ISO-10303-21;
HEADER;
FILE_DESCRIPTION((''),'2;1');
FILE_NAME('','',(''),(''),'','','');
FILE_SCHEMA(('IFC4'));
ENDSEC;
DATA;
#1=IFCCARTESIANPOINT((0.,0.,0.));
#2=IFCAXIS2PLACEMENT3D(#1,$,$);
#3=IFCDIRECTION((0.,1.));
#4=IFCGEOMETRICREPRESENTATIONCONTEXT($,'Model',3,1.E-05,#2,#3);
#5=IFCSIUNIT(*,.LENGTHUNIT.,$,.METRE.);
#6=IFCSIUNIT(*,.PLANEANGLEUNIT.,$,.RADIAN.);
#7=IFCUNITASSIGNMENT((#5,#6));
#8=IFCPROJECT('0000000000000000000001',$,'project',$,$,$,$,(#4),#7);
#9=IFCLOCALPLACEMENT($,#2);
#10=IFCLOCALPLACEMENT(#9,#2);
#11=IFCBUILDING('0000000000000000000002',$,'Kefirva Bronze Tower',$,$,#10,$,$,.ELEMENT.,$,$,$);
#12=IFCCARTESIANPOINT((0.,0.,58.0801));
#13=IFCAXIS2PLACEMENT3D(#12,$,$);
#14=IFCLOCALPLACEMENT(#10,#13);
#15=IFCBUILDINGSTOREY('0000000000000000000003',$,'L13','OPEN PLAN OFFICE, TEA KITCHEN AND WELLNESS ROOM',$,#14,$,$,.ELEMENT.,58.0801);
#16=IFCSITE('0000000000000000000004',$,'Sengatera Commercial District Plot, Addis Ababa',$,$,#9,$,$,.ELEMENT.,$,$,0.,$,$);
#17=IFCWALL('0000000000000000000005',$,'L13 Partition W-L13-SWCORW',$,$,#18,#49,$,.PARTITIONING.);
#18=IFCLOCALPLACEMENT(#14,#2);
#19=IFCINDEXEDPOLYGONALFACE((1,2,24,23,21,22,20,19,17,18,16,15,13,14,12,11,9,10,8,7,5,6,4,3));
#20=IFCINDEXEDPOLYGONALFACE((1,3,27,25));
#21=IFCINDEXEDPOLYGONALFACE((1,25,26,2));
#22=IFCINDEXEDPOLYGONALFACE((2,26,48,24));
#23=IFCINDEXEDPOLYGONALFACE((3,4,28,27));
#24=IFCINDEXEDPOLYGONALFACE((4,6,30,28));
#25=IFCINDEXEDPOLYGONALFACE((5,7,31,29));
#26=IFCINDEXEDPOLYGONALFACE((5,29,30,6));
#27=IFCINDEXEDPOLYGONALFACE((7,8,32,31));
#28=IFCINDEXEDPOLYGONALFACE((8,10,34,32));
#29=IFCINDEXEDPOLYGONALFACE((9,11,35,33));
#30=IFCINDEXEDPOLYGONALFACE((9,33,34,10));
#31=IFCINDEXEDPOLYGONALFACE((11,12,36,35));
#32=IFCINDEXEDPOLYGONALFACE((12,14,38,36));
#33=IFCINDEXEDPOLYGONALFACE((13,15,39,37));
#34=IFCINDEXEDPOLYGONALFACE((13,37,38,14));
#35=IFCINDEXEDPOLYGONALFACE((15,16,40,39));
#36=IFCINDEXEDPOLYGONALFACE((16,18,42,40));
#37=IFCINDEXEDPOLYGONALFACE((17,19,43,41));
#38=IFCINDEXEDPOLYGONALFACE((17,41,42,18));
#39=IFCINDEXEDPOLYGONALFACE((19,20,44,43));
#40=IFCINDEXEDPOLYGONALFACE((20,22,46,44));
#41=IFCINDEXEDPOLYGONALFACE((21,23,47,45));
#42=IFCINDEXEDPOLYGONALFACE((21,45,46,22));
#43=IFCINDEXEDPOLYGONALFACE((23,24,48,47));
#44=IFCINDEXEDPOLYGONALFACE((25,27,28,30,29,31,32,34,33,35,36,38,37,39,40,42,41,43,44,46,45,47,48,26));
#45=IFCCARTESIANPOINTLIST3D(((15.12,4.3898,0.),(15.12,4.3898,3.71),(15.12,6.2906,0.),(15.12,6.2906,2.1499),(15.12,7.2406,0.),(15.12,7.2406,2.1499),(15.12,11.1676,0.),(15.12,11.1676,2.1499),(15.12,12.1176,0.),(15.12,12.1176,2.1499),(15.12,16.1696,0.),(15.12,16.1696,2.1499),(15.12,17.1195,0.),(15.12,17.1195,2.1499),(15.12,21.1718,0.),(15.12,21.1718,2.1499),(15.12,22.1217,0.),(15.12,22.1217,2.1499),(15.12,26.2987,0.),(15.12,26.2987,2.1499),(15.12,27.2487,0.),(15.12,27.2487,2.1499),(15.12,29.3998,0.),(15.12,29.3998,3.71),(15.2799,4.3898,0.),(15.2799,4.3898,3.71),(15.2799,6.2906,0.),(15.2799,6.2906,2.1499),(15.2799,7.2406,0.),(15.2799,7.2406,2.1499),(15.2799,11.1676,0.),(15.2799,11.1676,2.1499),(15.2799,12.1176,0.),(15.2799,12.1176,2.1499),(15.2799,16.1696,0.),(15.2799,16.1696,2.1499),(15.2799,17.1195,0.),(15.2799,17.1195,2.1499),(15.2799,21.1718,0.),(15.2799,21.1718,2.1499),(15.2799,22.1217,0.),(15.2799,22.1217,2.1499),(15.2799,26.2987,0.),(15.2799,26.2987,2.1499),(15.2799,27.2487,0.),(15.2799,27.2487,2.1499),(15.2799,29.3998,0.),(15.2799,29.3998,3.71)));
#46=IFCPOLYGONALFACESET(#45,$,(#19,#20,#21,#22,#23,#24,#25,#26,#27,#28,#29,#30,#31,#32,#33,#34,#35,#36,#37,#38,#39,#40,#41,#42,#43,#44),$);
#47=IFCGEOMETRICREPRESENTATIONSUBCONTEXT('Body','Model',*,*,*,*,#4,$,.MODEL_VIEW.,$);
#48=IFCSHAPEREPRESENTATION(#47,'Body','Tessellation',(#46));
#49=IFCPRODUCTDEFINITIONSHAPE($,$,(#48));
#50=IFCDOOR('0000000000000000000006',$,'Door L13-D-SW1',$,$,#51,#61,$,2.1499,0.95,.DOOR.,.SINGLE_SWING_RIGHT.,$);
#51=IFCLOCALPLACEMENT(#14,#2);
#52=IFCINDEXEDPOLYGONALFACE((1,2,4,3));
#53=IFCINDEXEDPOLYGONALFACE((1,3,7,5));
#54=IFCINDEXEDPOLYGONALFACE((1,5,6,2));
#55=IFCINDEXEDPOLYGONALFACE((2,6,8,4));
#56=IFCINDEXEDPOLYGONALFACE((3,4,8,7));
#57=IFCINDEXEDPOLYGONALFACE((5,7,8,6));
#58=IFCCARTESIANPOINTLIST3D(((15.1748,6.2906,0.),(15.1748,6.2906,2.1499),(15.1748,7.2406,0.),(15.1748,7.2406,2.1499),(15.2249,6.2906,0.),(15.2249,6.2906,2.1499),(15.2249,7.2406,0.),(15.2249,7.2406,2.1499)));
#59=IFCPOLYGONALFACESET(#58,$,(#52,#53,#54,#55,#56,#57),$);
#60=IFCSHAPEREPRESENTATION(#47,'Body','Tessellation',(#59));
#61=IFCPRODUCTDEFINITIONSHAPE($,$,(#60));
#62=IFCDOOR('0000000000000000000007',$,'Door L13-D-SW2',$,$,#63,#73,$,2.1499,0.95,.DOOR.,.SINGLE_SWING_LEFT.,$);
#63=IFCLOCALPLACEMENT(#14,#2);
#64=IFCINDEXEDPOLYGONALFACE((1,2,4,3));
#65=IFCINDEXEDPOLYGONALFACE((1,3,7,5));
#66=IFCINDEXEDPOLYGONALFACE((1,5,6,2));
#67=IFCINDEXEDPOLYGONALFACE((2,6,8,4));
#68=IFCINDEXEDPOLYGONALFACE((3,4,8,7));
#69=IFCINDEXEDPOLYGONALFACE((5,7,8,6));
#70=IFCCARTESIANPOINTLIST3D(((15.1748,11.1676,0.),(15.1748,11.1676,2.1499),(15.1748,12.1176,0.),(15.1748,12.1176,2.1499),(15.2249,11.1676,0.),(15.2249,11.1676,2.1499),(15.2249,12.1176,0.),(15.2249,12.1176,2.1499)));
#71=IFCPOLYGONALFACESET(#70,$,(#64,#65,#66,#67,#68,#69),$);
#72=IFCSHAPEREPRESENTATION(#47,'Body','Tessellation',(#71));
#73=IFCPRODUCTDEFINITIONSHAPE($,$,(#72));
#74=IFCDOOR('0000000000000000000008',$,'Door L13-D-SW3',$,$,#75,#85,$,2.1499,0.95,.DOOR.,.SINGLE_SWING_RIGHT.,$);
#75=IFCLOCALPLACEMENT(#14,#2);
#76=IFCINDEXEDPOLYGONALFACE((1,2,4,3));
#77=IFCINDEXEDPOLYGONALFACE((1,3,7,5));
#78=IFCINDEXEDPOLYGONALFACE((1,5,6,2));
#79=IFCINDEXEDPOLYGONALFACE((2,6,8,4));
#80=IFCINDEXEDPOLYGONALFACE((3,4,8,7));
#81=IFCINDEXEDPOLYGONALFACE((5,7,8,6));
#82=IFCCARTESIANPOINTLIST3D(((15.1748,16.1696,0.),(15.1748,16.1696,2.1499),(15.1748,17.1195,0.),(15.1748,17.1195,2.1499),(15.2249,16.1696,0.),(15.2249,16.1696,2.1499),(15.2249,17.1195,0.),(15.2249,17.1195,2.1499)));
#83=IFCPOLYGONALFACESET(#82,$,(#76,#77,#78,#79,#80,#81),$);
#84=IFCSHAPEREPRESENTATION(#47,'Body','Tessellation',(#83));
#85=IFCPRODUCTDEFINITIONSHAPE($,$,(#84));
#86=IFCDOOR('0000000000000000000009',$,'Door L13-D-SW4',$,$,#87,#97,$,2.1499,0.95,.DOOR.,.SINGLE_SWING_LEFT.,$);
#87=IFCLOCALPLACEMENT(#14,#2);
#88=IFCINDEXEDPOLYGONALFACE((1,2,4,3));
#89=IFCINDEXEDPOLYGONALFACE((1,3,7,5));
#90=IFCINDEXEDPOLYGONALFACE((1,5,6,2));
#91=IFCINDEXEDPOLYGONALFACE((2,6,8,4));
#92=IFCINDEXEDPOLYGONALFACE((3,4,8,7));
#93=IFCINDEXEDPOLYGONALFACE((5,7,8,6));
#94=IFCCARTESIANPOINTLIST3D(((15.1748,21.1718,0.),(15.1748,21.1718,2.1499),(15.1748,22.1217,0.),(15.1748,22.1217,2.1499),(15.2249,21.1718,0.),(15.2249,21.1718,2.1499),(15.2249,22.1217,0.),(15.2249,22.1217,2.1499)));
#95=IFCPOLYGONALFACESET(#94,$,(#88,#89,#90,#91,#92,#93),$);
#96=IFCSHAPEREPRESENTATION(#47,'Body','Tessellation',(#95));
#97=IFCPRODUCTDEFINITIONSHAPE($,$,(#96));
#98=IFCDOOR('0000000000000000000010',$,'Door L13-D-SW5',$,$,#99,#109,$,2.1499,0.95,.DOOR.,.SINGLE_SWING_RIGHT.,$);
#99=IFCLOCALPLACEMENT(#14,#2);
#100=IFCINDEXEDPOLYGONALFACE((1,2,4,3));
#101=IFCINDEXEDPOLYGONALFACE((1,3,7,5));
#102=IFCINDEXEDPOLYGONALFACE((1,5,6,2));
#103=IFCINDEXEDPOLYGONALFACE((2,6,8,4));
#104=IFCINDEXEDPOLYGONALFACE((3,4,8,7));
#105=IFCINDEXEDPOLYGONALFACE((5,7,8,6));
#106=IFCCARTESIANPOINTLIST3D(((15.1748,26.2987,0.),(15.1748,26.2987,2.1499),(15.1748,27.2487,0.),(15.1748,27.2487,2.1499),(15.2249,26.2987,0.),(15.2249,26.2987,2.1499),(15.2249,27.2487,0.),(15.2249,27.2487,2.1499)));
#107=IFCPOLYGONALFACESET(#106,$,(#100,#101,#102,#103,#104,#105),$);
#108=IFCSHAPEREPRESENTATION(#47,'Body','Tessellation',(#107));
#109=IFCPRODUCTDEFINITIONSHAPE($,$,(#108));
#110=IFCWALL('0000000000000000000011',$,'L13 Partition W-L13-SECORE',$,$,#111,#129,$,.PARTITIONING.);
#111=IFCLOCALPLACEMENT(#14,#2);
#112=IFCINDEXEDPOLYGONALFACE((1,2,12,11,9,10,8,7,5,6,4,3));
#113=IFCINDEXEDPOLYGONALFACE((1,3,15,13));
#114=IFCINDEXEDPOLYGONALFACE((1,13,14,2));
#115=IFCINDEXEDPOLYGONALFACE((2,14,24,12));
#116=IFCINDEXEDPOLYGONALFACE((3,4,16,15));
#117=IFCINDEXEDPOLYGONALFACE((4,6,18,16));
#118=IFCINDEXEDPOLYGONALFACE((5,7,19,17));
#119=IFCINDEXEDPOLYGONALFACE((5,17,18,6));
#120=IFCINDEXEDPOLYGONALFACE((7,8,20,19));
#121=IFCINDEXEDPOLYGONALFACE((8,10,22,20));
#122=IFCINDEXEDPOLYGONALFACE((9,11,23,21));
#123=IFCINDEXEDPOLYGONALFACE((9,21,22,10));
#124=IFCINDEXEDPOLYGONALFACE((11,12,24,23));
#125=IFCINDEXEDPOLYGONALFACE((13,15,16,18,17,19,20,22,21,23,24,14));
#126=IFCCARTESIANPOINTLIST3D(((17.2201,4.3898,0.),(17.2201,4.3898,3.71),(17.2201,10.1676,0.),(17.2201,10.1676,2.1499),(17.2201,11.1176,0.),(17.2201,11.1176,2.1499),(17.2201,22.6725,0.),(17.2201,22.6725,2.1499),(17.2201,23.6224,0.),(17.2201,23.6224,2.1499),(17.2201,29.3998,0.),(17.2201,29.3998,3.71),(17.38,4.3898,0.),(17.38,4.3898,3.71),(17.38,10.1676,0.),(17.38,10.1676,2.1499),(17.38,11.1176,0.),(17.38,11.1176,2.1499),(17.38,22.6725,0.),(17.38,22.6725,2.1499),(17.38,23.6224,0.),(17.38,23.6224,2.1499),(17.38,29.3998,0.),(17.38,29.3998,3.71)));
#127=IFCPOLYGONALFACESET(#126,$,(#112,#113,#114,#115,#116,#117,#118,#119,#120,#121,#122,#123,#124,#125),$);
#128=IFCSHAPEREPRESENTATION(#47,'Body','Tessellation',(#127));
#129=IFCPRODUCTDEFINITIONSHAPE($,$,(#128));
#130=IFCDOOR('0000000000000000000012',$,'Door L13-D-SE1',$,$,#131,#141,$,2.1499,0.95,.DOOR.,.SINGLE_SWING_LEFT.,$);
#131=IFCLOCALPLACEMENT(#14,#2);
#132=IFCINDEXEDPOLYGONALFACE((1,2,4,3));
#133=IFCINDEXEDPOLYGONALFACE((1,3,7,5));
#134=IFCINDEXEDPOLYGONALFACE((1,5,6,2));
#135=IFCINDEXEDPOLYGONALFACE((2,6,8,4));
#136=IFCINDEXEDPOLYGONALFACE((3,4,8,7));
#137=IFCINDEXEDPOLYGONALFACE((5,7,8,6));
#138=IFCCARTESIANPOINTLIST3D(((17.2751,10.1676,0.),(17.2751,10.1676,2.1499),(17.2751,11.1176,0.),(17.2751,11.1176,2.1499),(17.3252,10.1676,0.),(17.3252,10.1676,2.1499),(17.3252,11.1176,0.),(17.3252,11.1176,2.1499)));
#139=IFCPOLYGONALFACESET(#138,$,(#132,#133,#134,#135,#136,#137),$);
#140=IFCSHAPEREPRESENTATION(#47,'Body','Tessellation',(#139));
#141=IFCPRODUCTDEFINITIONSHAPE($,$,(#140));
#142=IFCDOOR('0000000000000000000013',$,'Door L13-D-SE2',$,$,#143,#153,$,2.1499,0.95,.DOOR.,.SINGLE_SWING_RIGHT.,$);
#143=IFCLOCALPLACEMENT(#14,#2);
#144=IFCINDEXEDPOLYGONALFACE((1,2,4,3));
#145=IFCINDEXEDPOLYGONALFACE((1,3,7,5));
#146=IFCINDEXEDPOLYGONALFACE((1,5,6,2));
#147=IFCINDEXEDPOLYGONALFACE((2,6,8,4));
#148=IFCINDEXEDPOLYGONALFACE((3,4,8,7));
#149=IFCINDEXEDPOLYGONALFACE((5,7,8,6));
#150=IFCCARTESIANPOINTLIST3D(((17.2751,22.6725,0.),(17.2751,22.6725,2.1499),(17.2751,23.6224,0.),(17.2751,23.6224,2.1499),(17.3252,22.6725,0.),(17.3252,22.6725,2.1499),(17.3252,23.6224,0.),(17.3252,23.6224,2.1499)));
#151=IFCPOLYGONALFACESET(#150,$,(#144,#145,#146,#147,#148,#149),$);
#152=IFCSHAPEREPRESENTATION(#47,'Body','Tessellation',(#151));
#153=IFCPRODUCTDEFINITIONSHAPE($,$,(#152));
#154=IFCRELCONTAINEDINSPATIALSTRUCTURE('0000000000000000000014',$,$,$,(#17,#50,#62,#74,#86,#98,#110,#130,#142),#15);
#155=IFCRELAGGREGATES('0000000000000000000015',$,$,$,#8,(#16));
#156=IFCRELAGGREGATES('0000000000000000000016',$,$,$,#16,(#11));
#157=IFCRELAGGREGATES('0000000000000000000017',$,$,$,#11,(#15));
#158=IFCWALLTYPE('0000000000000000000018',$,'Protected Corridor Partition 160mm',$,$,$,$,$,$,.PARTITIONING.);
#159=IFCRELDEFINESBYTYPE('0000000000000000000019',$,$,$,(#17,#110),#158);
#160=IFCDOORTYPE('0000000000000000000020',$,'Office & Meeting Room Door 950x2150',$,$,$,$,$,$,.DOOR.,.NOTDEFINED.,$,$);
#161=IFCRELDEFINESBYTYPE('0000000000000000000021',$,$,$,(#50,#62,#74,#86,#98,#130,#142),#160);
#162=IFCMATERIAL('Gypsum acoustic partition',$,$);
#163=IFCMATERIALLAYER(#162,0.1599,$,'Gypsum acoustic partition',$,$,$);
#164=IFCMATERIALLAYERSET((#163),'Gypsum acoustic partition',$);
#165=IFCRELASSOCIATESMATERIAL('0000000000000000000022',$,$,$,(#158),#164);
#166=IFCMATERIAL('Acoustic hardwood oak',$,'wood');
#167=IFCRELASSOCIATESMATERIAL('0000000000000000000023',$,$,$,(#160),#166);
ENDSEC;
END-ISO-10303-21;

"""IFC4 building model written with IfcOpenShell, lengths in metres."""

from ifc_helpers import new_model, si_unit, direction, frame, frame_2d, origin, place, context, subcontext, project, spatial, rectangle, extrude, material, layer, layer_set, type_object, element, fill, save


model = new_model("IFC4")

# Units and contexts
model_context = context("Model", 3, precision=1e-05, world=origin(), true_north=direction((0.0, 1.0)))
body_context = subcontext(model_context, "Body", "Model", "MODEL_VIEW")
ifc_project = project(units=[si_unit("LENGTHUNIT", "METRE"), si_unit("PLANEANGLEUNIT", "RADIAN")], contexts=[model_context])

# Site, building, storey
site_placement = place(None, origin())
site = spatial("IfcSite", under=ifc_project, at=site_placement, Name="Sengatera Commercial District Plot, Addis Ababa", CompositionType="ELEMENT", RefElevation=0.0)
building_placement = place(site_placement, origin())
building = spatial("IfcBuilding", under=site, at=building_placement, Name="Kefirva Bronze Tower", CompositionType="ELEMENT")
storey_placement = place(building_placement, frame((0.0, 0.0, 58.0801)))
storey = spatial("IfcBuildingStorey", under=building, at=storey_placement, Name="L13", Description="OPEN PLAN OFFICE, TEA KITCHEN AND WELLNESS ROOM", CompositionType="ELEMENT", Elevation=58.0801)

# Walls, openings, doors
ifc_material_1 = material(Name="Gypsum acoustic partition")
ifc_layer_1 = layer(ifc_material_1, 0.1599, Name="Gypsum acoustic partition")
ifc_layer_set_1 = layer_set([ifc_layer_1], Name="Gypsum acoustic partition")
wall_type = type_object("IfcWallType", Name="Protected Corridor Partition 160mm", PredefinedType="PARTITIONING", material=ifc_layer_set_1)
wall_1_placement = place(storey_placement, frame((15.2, 4.3899, 0.0), z_axis=(0.0, 0.0, 1.0), x_axis=(0.0, 1.0, 0.0)))
wall_1 = element("IfcWall", 1, at=wall_1_placement, inside=storey, type_object=wall_type, Name="L13 Partition W-L13-SWCORW", PredefinedType="PARTITIONING", context=body_context, shape_type="SweptSolid", body=[
    extrude(rectangle(XDim=25.01, YDim=0.1599, at=frame_2d((12.5049, 0.0))), origin(), (0.0, 0.0, 1.0), 3.71),
])
opening_1_placement = place(wall_1_placement, frame((2.8508, 0.0, 0.0), z_axis=(0.0, 0.0, 1.0), x_axis=(-1.0, 0.0, 0.0)))
opening_1 = element("IfcOpeningElement", 2, at=opening_1_placement, cuts=wall_1, PredefinedType="OPENING", context=body_context, shape_type="SweptSolid", body=[
    extrude(rectangle(XDim=0.95, YDim=2.1499, at=frame_2d((0.4751, 1.075))), frame((0.0, 0.0898, 0.0), z_axis=(0.0, -1.0, 0.0), x_axis=(1.0, 0.0, 0.0)), (0.0, 0.0, 1.0), 0.1799),
])
opening_2_placement = place(wall_1_placement, frame((7.7278, 0.0, 0.0), z_axis=(0.0, 0.0, 1.0), x_axis=(-1.0, 0.0, 0.0)))
opening_2 = element("IfcOpeningElement", 3, at=opening_2_placement, cuts=wall_1, PredefinedType="OPENING", context=body_context, shape_type="SweptSolid", body=[
    extrude(rectangle(XDim=0.95, YDim=2.1499, at=frame_2d((0.4751, 1.075))), frame((0.0, 0.0898, 0.0), z_axis=(0.0, -1.0, 0.0), x_axis=(1.0, 0.0, 0.0)), (0.0, 0.0, 1.0), 0.1799),
])
opening_3_placement = place(wall_1_placement, frame((12.7297, 0.0, 0.0), z_axis=(0.0, 0.0, 1.0), x_axis=(-1.0, 0.0, 0.0)))
opening_3 = element("IfcOpeningElement", 4, at=opening_3_placement, cuts=wall_1, PredefinedType="OPENING", context=body_context, shape_type="SweptSolid", body=[
    extrude(rectangle(XDim=0.95, YDim=2.1499, at=frame_2d((0.4751, 1.075))), frame((0.0, 0.0898, 0.0), z_axis=(0.0, -1.0, 0.0), x_axis=(1.0, 0.0, 0.0)), (0.0, 0.0, 1.0), 0.1799),
])
opening_4_placement = place(wall_1_placement, frame((17.7319, 0.0, 0.0), z_axis=(0.0, 0.0, 1.0), x_axis=(-1.0, 0.0, 0.0)))
opening_4 = element("IfcOpeningElement", 5, at=opening_4_placement, cuts=wall_1, PredefinedType="OPENING", context=body_context, shape_type="SweptSolid", body=[
    extrude(rectangle(XDim=0.95, YDim=2.1499, at=frame_2d((0.4751, 1.075))), frame((0.0, 0.0898, 0.0), z_axis=(0.0, -1.0, 0.0), x_axis=(1.0, 0.0, 0.0)), (0.0, 0.0, 1.0), 0.1799),
])
opening_5_placement = place(wall_1_placement, frame((22.8589, 0.0, 0.0), z_axis=(0.0, 0.0, 1.0), x_axis=(-1.0, 0.0, 0.0)))
opening_5 = element("IfcOpeningElement", 6, at=opening_5_placement, cuts=wall_1, PredefinedType="OPENING", context=body_context, shape_type="SweptSolid", body=[
    extrude(rectangle(XDim=0.95, YDim=2.1499, at=frame_2d((0.4751, 1.075))), frame((0.0, 0.0898, 0.0), z_axis=(0.0, -1.0, 0.0), x_axis=(1.0, 0.0, 0.0)), (0.0, 0.0, 1.0), 0.1799),
])
ifc_material_2 = material(Name="Acoustic hardwood oak", Category="wood")
door_type = type_object("IfcDoorType", Name="Office & Meeting Room Door 950x2150", OperationType="NOTDEFINED", PredefinedType="DOOR", material=ifc_material_2)
door_1_placement = place(opening_1_placement, origin())
door_1 = element("IfcDoor", 7, at=door_1_placement, inside=storey, type_object=door_type, Name="Door L13-D-SW1", OperationType="SINGLE_SWING_RIGHT", OverallHeight=2.1499, OverallWidth=0.95, PredefinedType="DOOR", context=body_context, shape_type="SweptSolid", body=[
    extrude(rectangle(XDim=0.95, YDim=2.1499, at=frame_2d((0.4751, 1.075))), frame((0.0, 0.0249, 0.0), z_axis=(0.0, -1.0, 0.0), x_axis=(1.0, 0.0, 0.0)), (0.0, 0.0, 1.0), 0.05),
])
fill(opening_1, door_1)
door_2_placement = place(opening_2_placement, origin())
door_2 = element("IfcDoor", 8, at=door_2_placement, inside=storey, type_object=door_type, Name="Door L13-D-SW2", OperationType="SINGLE_SWING_LEFT", OverallHeight=2.1499, OverallWidth=0.95, PredefinedType="DOOR", context=body_context, shape_type="SweptSolid", body=[
    extrude(rectangle(XDim=0.95, YDim=2.1499, at=frame_2d((0.4751, 1.075))), frame((0.0, 0.0249, 0.0), z_axis=(0.0, -1.0, 0.0), x_axis=(1.0, 0.0, 0.0)), (0.0, 0.0, 1.0), 0.05),
])
fill(opening_2, door_2)
door_3_placement = place(opening_3_placement, origin())
door_3 = element("IfcDoor", 9, at=door_3_placement, inside=storey, type_object=door_type, Name="Door L13-D-SW3", OperationType="SINGLE_SWING_RIGHT", OverallHeight=2.1499, OverallWidth=0.95, PredefinedType="DOOR", context=body_context, shape_type="SweptSolid", body=[
    extrude(rectangle(XDim=0.95, YDim=2.1499, at=frame_2d((0.4751, 1.075))), frame((0.0, 0.0249, 0.0), z_axis=(0.0, -1.0, 0.0), x_axis=(1.0, 0.0, 0.0)), (0.0, 0.0, 1.0), 0.05),
])
fill(opening_3, door_3)
door_4_placement = place(opening_4_placement, origin())
door_4 = element("IfcDoor", 10, at=door_4_placement, inside=storey, type_object=door_type, Name="Door L13-D-SW4", OperationType="SINGLE_SWING_LEFT", OverallHeight=2.1499, OverallWidth=0.95, PredefinedType="DOOR", context=body_context, shape_type="SweptSolid", body=[
    extrude(rectangle(XDim=0.95, YDim=2.1499, at=frame_2d((0.4751, 1.075))), frame((0.0, 0.0249, 0.0), z_axis=(0.0, -1.0, 0.0), x_axis=(1.0, 0.0, 0.0)), (0.0, 0.0, 1.0), 0.05),
])
fill(opening_4, door_4)
door_5_placement = place(opening_5_placement, origin())
door_5 = element("IfcDoor", 11, at=door_5_placement, inside=storey, type_object=door_type, Name="Door L13-D-SW5", OperationType="SINGLE_SWING_RIGHT", OverallHeight=2.1499, OverallWidth=0.95, PredefinedType="DOOR", context=body_context, shape_type="SweptSolid", body=[
    extrude(rectangle(XDim=0.95, YDim=2.1499, at=frame_2d((0.4751, 1.075))), frame((0.0, 0.0249, 0.0), z_axis=(0.0, -1.0, 0.0), x_axis=(1.0, 0.0, 0.0)), (0.0, 0.0, 1.0), 0.05),
])
fill(opening_5, door_5)
wall_2_placement = place(storey_placement, frame((17.3, 4.3899, 0.0), z_axis=(0.0, 0.0, 1.0), x_axis=(0.0, 1.0, 0.0)))
wall_2 = element("IfcWall", 12, at=wall_2_placement, inside=storey, type_object=wall_type, Name="L13 Partition W-L13-SECORE", PredefinedType="PARTITIONING", context=body_context, shape_type="SweptSolid", body=[
    extrude(rectangle(XDim=25.01, YDim=0.1599, at=frame_2d((12.5049, 0.0))), origin(), (0.0, 0.0, 1.0), 3.71),
])
opening_6_placement = place(wall_2_placement, frame((5.7776, 0.0, 0.0)))
opening_6 = element("IfcOpeningElement", 13, at=opening_6_placement, cuts=wall_2, PredefinedType="OPENING", context=body_context, shape_type="SweptSolid", body=[
    extrude(rectangle(XDim=0.95, YDim=2.1499, at=frame_2d((0.4751, 1.075))), frame((0.0, 0.0898, 0.0), z_axis=(0.0, -1.0, 0.0), x_axis=(1.0, 0.0, 0.0)), (0.0, 0.0, 1.0), 0.1799),
])
opening_7_placement = place(wall_2_placement, frame((18.2825, 0.0, 0.0)))
opening_7 = element("IfcOpeningElement", 14, at=opening_7_placement, cuts=wall_2, PredefinedType="OPENING", context=body_context, shape_type="SweptSolid", body=[
    extrude(rectangle(XDim=0.95, YDim=2.1499, at=frame_2d((0.4751, 1.075))), frame((0.0, 0.0898, 0.0), z_axis=(0.0, -1.0, 0.0), x_axis=(1.0, 0.0, 0.0)), (0.0, 0.0, 1.0), 0.1799),
])
door_6_placement = place(opening_6_placement, origin())
door_6 = element("IfcDoor", 15, at=door_6_placement, inside=storey, type_object=door_type, Name="Door L13-D-SE1", OperationType="SINGLE_SWING_LEFT", OverallHeight=2.1499, OverallWidth=0.95, PredefinedType="DOOR", context=body_context, shape_type="SweptSolid", body=[
    extrude(rectangle(XDim=0.95, YDim=2.1499, at=frame_2d((0.4751, 1.075))), frame((0.0, 0.0249, 0.0), z_axis=(0.0, -1.0, 0.0), x_axis=(1.0, 0.0, 0.0)), (0.0, 0.0, 1.0), 0.05),
])
fill(opening_6, door_6)
door_7_placement = place(opening_7_placement, origin())
door_7 = element("IfcDoor", 16, at=door_7_placement, inside=storey, type_object=door_type, Name="Door L13-D-SE2", OperationType="SINGLE_SWING_RIGHT", OverallHeight=2.1499, OverallWidth=0.95, PredefinedType="DOOR", context=body_context, shape_type="SweptSolid", body=[
    extrude(rectangle(XDim=0.95, YDim=2.1499, at=frame_2d((0.4751, 1.075))), frame((0.0, 0.0249, 0.0), z_axis=(0.0, -1.0, 0.0), x_axis=(1.0, 0.0, 0.0)), (0.0, 0.0, 1.0), 0.05),
])
fill(opening_7, door_7)

save(model, "model.ifc")
